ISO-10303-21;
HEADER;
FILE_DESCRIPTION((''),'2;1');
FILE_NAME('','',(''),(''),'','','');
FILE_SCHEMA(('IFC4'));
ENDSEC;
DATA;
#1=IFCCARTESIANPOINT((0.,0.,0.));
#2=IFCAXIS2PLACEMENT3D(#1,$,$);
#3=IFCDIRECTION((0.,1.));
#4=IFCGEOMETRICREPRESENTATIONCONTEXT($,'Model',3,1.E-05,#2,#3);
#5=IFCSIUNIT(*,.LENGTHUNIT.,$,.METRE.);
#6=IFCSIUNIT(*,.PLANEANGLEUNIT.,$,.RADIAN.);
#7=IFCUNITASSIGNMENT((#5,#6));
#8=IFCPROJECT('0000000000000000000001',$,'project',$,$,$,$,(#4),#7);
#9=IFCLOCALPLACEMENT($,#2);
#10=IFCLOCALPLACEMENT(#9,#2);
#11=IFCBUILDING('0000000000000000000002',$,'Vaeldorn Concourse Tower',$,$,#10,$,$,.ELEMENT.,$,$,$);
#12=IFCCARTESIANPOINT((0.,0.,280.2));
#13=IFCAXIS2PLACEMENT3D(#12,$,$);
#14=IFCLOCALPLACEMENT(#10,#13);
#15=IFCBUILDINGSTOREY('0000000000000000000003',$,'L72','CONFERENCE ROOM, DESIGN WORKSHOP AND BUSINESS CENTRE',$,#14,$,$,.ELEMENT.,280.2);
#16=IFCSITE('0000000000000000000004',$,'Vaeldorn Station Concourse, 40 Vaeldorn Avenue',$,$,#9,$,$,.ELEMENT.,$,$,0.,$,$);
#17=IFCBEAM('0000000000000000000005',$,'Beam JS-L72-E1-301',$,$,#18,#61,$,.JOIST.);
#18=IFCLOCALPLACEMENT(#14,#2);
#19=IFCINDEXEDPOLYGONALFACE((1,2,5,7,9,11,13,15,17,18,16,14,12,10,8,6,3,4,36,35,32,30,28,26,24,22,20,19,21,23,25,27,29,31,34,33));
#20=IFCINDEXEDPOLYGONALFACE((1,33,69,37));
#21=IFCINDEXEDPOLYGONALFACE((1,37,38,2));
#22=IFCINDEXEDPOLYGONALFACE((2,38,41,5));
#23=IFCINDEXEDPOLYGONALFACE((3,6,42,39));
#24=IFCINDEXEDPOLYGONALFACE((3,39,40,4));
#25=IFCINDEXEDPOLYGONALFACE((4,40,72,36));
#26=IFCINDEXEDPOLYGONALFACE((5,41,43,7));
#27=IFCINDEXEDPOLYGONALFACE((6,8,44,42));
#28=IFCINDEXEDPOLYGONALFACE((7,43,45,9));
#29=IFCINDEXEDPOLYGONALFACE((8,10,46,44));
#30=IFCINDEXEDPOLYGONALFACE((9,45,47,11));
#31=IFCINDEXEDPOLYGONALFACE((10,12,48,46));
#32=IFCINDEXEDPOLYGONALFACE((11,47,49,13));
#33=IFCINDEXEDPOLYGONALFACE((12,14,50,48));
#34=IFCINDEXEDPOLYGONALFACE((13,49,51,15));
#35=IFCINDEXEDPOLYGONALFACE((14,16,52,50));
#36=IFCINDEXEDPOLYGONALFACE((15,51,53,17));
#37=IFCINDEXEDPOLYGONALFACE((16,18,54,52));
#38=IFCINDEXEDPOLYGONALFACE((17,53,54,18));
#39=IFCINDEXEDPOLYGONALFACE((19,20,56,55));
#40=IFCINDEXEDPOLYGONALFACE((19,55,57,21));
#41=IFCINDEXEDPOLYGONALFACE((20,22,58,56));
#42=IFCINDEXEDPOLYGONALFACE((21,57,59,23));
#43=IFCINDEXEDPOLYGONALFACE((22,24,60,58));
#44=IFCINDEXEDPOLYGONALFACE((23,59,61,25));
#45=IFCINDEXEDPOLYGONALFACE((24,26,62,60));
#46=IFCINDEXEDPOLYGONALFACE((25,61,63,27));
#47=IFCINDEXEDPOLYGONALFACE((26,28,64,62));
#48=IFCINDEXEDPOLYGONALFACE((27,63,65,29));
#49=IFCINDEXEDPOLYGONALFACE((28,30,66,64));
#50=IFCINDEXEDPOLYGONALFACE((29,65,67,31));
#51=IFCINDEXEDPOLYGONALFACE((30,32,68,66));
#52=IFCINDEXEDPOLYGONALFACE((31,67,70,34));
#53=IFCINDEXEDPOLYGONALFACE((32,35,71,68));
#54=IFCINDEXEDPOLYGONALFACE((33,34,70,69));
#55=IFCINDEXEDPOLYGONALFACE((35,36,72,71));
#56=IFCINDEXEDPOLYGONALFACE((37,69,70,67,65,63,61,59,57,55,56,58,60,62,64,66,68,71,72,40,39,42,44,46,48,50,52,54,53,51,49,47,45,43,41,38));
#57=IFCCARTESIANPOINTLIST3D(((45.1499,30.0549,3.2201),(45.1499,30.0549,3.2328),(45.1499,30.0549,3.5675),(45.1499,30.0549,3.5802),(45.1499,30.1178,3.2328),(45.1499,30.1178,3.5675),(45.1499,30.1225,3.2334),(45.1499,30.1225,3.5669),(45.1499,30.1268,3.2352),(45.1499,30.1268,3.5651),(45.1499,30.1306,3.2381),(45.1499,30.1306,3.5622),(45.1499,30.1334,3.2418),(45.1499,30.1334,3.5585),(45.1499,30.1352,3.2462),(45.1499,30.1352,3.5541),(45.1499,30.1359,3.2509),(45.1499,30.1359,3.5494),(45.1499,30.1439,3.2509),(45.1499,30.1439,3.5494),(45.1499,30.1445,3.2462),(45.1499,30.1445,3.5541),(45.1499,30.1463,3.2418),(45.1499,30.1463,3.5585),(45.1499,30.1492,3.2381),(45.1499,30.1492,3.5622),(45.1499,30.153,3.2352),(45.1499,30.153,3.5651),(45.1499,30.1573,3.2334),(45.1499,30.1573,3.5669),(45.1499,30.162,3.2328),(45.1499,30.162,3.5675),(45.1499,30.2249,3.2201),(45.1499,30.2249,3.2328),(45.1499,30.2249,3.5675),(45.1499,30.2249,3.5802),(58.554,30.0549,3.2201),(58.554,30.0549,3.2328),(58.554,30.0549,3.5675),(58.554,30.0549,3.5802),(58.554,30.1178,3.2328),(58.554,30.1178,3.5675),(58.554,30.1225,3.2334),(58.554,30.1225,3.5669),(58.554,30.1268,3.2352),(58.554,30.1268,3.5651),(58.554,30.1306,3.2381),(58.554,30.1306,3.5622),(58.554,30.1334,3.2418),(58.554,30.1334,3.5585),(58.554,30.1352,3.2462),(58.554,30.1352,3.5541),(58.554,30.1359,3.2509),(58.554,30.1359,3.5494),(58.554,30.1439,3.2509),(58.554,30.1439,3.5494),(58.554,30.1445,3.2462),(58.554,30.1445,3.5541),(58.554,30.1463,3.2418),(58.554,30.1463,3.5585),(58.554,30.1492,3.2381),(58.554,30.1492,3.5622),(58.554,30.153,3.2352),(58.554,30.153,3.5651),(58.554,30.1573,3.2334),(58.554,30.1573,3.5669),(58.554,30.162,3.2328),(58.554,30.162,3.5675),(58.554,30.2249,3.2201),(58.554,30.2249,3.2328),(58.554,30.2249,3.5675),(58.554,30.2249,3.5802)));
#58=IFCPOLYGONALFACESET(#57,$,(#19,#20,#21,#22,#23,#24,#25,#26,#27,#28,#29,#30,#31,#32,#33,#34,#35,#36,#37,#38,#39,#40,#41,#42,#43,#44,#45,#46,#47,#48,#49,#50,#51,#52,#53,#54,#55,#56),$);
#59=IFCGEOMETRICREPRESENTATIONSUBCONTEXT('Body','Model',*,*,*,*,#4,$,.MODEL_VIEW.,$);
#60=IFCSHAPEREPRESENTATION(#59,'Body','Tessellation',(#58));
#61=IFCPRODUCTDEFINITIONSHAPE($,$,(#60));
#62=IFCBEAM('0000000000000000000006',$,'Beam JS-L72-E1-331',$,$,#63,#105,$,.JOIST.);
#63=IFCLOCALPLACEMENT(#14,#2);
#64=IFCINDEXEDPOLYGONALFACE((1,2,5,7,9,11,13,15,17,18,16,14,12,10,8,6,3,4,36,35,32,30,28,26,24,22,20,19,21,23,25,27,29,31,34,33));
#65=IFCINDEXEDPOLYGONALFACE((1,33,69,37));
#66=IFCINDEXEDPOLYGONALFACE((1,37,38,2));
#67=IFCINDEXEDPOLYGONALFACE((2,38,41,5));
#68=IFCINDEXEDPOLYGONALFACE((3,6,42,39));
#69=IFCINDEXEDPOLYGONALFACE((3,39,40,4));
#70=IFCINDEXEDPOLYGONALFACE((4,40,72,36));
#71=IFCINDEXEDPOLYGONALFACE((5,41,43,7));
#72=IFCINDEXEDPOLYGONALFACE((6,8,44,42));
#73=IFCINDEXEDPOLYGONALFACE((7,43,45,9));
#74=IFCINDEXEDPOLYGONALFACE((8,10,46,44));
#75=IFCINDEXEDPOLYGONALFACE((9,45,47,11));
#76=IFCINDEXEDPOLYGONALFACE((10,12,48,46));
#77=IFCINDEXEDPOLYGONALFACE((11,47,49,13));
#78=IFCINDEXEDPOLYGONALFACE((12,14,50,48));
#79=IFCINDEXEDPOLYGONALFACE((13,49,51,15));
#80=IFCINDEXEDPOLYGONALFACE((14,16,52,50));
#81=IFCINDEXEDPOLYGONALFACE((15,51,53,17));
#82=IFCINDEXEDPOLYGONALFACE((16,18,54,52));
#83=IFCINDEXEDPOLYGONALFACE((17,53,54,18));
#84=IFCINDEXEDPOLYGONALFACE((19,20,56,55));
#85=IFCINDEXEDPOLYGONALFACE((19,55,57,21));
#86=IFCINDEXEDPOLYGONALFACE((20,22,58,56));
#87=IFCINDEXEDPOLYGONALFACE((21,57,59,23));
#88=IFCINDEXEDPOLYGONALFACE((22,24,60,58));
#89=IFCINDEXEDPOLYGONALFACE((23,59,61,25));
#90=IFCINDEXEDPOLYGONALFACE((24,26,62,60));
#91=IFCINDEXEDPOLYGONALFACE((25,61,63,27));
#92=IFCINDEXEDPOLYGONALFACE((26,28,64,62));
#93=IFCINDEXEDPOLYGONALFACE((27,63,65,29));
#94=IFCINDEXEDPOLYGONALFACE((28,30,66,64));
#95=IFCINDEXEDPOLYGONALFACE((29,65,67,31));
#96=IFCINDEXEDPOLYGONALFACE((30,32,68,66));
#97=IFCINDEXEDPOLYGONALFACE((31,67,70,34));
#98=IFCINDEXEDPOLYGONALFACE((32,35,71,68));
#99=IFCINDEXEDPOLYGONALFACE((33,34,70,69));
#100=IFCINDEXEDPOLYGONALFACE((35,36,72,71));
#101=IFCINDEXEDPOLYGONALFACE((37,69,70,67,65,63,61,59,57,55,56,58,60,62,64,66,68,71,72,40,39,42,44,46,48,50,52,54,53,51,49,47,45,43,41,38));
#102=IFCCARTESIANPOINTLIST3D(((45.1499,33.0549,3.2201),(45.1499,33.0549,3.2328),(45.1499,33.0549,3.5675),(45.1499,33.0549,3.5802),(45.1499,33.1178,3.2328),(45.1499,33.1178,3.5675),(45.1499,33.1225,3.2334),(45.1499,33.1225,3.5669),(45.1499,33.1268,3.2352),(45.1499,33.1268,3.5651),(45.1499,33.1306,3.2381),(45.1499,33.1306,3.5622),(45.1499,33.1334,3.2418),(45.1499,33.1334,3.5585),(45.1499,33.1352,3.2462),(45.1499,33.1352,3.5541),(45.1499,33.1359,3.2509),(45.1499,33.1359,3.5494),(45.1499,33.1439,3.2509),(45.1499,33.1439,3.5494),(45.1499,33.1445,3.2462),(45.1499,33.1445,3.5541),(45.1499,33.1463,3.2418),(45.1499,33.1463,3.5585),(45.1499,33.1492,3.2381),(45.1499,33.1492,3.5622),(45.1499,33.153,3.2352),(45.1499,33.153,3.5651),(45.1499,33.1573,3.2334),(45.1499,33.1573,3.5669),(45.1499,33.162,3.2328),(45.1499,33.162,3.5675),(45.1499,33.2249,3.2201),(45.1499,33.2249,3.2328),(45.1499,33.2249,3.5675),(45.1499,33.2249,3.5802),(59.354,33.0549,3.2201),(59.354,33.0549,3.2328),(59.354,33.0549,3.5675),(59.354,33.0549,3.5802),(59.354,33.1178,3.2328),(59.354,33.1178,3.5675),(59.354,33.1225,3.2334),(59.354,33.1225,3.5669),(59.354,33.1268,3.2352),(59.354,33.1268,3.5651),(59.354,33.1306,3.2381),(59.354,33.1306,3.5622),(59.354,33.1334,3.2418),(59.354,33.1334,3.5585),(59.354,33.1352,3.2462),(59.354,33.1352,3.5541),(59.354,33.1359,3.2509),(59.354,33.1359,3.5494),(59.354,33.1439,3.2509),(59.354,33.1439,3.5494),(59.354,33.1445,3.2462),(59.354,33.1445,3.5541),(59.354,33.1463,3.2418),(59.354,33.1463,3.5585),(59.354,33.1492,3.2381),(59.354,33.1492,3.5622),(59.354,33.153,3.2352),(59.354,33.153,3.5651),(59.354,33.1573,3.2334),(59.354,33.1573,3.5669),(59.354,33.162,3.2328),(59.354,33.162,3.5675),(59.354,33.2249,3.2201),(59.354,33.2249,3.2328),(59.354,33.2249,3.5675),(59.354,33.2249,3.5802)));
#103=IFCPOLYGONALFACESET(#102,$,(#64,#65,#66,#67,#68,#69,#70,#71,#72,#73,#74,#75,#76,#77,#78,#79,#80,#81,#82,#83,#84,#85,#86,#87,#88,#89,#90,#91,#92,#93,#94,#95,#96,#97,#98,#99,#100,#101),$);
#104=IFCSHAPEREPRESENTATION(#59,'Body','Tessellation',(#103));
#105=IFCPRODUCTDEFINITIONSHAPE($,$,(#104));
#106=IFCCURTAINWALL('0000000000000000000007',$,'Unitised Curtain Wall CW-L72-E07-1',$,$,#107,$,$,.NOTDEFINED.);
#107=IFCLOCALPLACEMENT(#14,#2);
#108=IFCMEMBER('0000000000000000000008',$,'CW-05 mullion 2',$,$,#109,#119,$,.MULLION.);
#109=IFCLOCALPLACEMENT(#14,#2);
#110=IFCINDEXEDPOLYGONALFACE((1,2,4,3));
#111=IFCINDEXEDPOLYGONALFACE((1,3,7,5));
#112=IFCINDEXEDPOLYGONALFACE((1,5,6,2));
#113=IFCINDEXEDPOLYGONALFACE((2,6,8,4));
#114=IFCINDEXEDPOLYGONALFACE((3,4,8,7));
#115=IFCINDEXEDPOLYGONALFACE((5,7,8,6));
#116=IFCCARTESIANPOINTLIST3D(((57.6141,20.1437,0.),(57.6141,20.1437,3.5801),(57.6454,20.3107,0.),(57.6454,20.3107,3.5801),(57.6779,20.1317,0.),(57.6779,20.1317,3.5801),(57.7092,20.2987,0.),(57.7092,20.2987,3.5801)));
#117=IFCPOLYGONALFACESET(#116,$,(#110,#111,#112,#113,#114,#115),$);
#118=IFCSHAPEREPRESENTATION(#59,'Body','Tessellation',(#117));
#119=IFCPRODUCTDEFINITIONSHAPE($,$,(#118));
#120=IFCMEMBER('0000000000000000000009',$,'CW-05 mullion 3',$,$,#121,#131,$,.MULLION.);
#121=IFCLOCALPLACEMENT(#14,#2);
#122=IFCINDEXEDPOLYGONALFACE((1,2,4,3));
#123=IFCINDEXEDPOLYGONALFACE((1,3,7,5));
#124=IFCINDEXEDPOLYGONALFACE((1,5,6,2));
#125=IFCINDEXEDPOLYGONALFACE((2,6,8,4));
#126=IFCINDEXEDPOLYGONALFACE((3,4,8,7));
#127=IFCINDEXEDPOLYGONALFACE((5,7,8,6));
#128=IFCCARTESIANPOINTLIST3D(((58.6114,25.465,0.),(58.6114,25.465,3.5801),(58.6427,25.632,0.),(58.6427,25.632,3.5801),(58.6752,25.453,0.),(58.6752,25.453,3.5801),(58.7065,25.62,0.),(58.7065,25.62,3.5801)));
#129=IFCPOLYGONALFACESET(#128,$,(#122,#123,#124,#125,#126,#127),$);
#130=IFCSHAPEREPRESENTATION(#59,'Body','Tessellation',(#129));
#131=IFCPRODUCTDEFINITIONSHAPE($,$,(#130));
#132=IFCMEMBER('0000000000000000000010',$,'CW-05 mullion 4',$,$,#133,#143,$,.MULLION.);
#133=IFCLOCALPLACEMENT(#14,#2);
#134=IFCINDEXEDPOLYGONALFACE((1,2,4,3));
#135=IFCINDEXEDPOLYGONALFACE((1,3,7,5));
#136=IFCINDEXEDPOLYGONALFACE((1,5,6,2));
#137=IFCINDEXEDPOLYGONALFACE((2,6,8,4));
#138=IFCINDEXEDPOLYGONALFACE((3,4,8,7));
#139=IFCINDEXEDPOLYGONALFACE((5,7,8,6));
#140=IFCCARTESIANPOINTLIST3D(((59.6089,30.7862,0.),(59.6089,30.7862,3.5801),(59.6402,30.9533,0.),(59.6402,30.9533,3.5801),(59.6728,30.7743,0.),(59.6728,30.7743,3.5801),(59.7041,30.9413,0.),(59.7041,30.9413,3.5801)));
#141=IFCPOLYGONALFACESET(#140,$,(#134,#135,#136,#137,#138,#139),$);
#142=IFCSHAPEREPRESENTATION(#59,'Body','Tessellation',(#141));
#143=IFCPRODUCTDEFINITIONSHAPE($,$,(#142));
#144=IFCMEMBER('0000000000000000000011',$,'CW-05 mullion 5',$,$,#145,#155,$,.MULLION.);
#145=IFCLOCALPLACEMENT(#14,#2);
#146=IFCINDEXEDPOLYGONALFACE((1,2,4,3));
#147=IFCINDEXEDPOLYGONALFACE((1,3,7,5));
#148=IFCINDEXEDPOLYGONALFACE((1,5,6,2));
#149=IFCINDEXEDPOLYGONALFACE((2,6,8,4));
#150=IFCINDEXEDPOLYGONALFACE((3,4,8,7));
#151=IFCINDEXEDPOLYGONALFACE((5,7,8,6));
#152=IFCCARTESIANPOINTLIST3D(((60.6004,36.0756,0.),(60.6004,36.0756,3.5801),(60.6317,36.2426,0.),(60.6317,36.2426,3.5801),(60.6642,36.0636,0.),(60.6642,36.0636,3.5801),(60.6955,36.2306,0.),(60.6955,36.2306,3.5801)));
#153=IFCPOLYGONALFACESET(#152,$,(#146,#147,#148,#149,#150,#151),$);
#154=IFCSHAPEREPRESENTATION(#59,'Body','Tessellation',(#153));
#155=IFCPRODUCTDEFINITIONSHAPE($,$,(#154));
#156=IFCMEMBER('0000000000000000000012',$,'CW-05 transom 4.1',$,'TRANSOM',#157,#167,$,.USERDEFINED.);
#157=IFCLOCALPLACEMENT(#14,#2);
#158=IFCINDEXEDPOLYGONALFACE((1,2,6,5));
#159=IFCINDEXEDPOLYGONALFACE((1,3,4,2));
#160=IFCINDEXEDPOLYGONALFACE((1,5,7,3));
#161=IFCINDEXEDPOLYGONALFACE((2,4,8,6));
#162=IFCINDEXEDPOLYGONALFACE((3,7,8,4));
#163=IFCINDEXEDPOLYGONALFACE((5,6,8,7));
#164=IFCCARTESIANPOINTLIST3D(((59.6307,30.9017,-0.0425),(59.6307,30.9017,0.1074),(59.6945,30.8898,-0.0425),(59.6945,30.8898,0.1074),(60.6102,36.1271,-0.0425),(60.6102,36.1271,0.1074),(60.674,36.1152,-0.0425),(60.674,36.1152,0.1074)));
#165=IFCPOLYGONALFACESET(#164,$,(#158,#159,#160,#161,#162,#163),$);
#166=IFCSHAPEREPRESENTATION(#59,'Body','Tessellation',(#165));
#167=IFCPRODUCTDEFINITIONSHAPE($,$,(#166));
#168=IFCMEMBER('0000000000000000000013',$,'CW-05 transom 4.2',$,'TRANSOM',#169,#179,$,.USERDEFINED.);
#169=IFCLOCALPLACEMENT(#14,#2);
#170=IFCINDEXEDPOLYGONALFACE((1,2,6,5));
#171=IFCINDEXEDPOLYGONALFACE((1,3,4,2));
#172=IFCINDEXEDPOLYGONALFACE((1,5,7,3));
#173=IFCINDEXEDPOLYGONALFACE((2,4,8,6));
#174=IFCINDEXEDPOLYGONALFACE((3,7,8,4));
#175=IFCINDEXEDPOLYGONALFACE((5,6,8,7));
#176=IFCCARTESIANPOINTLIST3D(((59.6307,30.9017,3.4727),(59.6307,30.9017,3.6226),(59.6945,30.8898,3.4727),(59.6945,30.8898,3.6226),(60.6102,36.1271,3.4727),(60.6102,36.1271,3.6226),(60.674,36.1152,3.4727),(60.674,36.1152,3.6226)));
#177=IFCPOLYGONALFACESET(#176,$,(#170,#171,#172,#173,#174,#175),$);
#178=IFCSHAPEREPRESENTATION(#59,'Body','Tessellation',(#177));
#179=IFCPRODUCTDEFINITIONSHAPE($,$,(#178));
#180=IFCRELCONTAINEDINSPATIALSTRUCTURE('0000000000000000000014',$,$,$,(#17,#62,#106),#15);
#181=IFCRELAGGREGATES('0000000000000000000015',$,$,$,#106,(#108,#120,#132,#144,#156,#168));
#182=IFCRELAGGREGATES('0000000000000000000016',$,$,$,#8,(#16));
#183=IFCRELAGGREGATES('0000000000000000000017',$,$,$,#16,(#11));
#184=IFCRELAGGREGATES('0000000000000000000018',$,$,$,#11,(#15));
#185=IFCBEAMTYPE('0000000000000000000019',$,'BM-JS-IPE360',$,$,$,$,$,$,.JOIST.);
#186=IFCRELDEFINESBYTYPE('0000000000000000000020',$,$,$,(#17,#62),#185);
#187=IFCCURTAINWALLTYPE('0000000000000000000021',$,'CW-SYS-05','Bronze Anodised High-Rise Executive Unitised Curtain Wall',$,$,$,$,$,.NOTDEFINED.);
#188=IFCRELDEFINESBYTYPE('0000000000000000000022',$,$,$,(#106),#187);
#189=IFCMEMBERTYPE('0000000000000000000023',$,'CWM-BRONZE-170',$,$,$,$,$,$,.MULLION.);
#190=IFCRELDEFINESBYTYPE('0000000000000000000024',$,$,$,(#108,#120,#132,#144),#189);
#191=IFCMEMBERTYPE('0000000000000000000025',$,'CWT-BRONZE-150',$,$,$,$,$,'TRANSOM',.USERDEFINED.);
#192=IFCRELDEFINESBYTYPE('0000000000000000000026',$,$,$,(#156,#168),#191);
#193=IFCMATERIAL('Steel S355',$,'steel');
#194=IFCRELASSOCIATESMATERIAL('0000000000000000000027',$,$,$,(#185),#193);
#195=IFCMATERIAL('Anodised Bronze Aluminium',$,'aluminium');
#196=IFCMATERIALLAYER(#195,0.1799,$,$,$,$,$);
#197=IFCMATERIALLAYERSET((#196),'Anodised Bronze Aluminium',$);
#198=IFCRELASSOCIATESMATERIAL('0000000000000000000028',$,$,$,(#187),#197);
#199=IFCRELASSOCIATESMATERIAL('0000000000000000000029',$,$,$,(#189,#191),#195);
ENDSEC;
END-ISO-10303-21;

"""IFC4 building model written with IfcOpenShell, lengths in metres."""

from ifc_helpers import new_model, si_unit, direction, frame, origin, origin_2d, place, context, subcontext, project, spatial, rectangle, i_section, extrude, source, transform, mapped, material, layer, layer_set, material_profile, profile_set, type_object, element, aggregate, save


model = new_model("IFC4")

# Units and contexts
model_context = context("Model", 3, precision=1e-05, world=origin(), true_north=direction((0.0, 1.0)))
body_context = subcontext(model_context, "Body", "Model", "MODEL_VIEW")
ifc_project = project(units=[si_unit("LENGTHUNIT", "METRE"), si_unit("PLANEANGLEUNIT", "RADIAN")], contexts=[model_context])

# Site, building, storey
site_placement = place(None, origin())
site = spatial("IfcSite", under=ifc_project, at=site_placement, Name="Vaeldorn Station Concourse, 40 Vaeldorn Avenue", CompositionType="ELEMENT", RefElevation=0.0)
building_placement = place(site_placement, origin())
building = spatial("IfcBuilding", under=site, at=building_placement, Name="Vaeldorn Concourse Tower", CompositionType="ELEMENT")
storey_placement = place(building_placement, frame((0.0, 0.0, 280.2)))
storey = spatial("IfcBuildingStorey", under=building, at=storey_placement, Name="L72", Description="CONFERENCE ROOM, DESIGN WORKSHOP AND BUSINESS CENTRE", CompositionType="ELEMENT", Elevation=280.2)

# Shared definitions
ifc_material_1 = material(Name="Steel S355", Category="steel")

# Beams
ifc_material_profile_1 = material_profile(ifc_material_1, i_section(OverallWidth=0.1699, OverallDepth=0.3601, WebThickness=0.0081, FlangeThickness=0.0127, FilletRadius=0.0181, at=origin_2d()), Name="IPE 360")
ifc_profile_set_1 = profile_set([ifc_material_profile_1], Name="Steel S355")
beam_type_1 = type_object("IfcBeamType", Name="BM-JS-IPE360", PredefinedType="JOIST", material=ifc_profile_set_1)
shared_shape_1 = source(origin(), body_context, "Body", "SweptSolid", [
    extrude(i_section(OverallWidth=0.1699, OverallDepth=0.3601, WebThickness=0.0081, FlangeThickness=0.0127, FilletRadius=0.0181, at=origin_2d()), origin(), (0.0, 0.0, 1.0), 13.4041),
])
beam_1_placement = place(storey_placement, frame((45.1499, 30.1399, 3.4001), z_axis=(1.0, 0.0, 0.0), x_axis=(0.0, 1.0, 0.0)))
element("IfcBeam", 1, at=beam_1_placement, inside=storey, type_object=beam_type_1, Name="Beam JS-L72-E1-301", PredefinedType="JOIST", context=body_context, shape_type="MappedRepresentation", body=[
    mapped(shared_shape_1, transform((0.0, 0.0, 0.0), scale=1.0)),
])
shared_shape_2 = source(origin(), body_context, "Body", "SweptSolid", [
    extrude(i_section(OverallWidth=0.1699, OverallDepth=0.3601, WebThickness=0.0081, FlangeThickness=0.0127, FilletRadius=0.0181, at=origin_2d()), origin(), (0.0, 0.0, 1.0), 14.2041),
])
beam_2_placement = place(storey_placement, frame((45.1499, 33.1399, 3.4001), z_axis=(1.0, 0.0, 0.0), x_axis=(0.0, 1.0, 0.0)))
element("IfcBeam", 2, at=beam_2_placement, inside=storey, type_object=beam_type_1, Name="Beam JS-L72-E1-331", PredefinedType="JOIST", context=body_context, shape_type="MappedRepresentation", body=[
    mapped(shared_shape_2, transform((0.0, 0.0, 0.0), scale=1.0)),
])

# Curtain wall, members
ifc_material_2 = material(Name="Anodised Bronze Aluminium", Category="aluminium")
ifc_layer_1 = layer(ifc_material_2, 0.1799)
ifc_layer_set_1 = layer_set([ifc_layer_1], Name="Anodised Bronze Aluminium")
curtain_wall_type = type_object("IfcCurtainWallType", Name="CW-SYS-05", Description="Bronze Anodised High-Rise Executive Unitised Curtain Wall", PredefinedType="NOTDEFINED", material=ifc_layer_set_1)
curtain_wall_placement = place(storey_placement, origin())
curtain_wall = element("IfcCurtainWall", 3, at=curtain_wall_placement, inside=storey, type_object=curtain_wall_type, Name="Unitised Curtain Wall CW-L72-E07-1", PredefinedType="NOTDEFINED")
ifc_material_profile_2 = material_profile(ifc_material_2, rectangle(XDim=0.0649, YDim=0.1699, at=origin_2d()), Name="CWM 65x170")
ifc_profile_set_2 = profile_set([ifc_material_profile_2], Name="Anodised Bronze Aluminium")
member_type_1 = type_object("IfcMemberType", Name="CWM-BRONZE-170", PredefinedType="MULLION", material=ifc_profile_set_2)
shared_shape_3 = source(origin(), body_context, "Body", "SweptSolid", [
    extrude(rectangle(XDim=0.0649, YDim=0.1699, at=origin_2d()), origin(), (0.0, 0.0, 1.0), 3.5801),
])
member_1_placement = place(storey_placement, frame((57.6616, 20.2212, 0.0), z_axis=(0.0, 0.0, 1.0), x_axis=(-0.98288, 0.184247, 0.0)))
member_1 = element("IfcMember", 4, at=member_1_placement, type_object=member_type_1, Name="CW-05 mullion 2", PredefinedType="MULLION", context=body_context, shape_type="MappedRepresentation", body=[
    mapped(shared_shape_3, transform((0.0, 0.0, 0.0), scale=1.0)),
])
member_2_placement = place(storey_placement, frame((58.6589, 25.5425, 0.0), z_axis=(0.0, 0.0, 1.0), x_axis=(-0.98288, 0.184247, 0.0)))
member_2 = element("IfcMember", 5, at=member_2_placement, type_object=member_type_1, Name="CW-05 mullion 3", PredefinedType="MULLION", context=body_context, shape_type="MappedRepresentation", body=[
    mapped(shared_shape_3, transform((0.0, 0.0, 0.0), scale=1.0)),
])
member_3_placement = place(storey_placement, frame((59.6565, 30.8638, 0.0), z_axis=(0.0, 0.0, 1.0), x_axis=(-0.98288, 0.184247, 0.0)))
member_3 = element("IfcMember", 6, at=member_3_placement, type_object=member_type_1, Name="CW-05 mullion 4", PredefinedType="MULLION", context=body_context, shape_type="MappedRepresentation", body=[
    mapped(shared_shape_3, transform((0.0, 0.0, 0.0), scale=1.0)),
])
member_4_placement = place(storey_placement, frame((60.6479, 36.1531, 0.0), z_axis=(0.0, 0.0, 1.0), x_axis=(-0.98288, 0.184247, 0.0)))
member_4 = element("IfcMember", 7, at=member_4_placement, type_object=member_type_1, Name="CW-05 mullion 5", PredefinedType="MULLION", context=body_context, shape_type="MappedRepresentation", body=[
    mapped(shared_shape_3, transform((0.0, 0.0, 0.0), scale=1.0)),
])
ifc_material_profile_3 = material_profile(ifc_material_2, rectangle(XDim=0.0649, YDim=0.1499, at=origin_2d()), Name="CWT 65x150")
ifc_profile_set_3 = profile_set([ifc_material_profile_3], Name="Anodised Bronze Aluminium")
member_type_2 = type_object("IfcMemberType", Name="CWT-BRONZE-150", ElementType="TRANSOM", PredefinedType="USERDEFINED", material=ifc_profile_set_3)
shared_shape_4 = source(origin(), body_context, "Body", "SweptSolid", [
    extrude(rectangle(XDim=0.0649, YDim=0.1499, at=origin_2d()), origin(), (0.0, 0.0, 1.0), 5.3164),
])
member_5_placement = place(storey_placement, frame((59.6626, 30.8958, 0.0325), z_axis=(0.184241, 0.982881, 0.0), x_axis=(-0.982881, 0.184241, 0.0)))
member_5 = element("IfcMember", 8, at=member_5_placement, type_object=member_type_2, Name="CW-05 transom 4.1", ObjectType="TRANSOM", PredefinedType="USERDEFINED", context=body_context, shape_type="MappedRepresentation", body=[
    mapped(shared_shape_4, transform((0.0, 0.0, 0.0), scale=1.0)),
])
member_6_placement = place(storey_placement, frame((59.6626, 30.8958, 3.5476), z_axis=(0.184241, 0.982881, 0.0), x_axis=(-0.982881, 0.184241, 0.0)))
member_6 = element("IfcMember", 9, at=member_6_placement, type_object=member_type_2, Name="CW-05 transom 4.2", ObjectType="TRANSOM", PredefinedType="USERDEFINED", context=body_context, shape_type="MappedRepresentation", body=[
    mapped(shared_shape_4, transform((0.0, 0.0, 0.0), scale=1.0)),
])
aggregate(curtain_wall, [member_1, member_2, member_3, member_4, member_5, member_6])

save(model, "model.ifc")
